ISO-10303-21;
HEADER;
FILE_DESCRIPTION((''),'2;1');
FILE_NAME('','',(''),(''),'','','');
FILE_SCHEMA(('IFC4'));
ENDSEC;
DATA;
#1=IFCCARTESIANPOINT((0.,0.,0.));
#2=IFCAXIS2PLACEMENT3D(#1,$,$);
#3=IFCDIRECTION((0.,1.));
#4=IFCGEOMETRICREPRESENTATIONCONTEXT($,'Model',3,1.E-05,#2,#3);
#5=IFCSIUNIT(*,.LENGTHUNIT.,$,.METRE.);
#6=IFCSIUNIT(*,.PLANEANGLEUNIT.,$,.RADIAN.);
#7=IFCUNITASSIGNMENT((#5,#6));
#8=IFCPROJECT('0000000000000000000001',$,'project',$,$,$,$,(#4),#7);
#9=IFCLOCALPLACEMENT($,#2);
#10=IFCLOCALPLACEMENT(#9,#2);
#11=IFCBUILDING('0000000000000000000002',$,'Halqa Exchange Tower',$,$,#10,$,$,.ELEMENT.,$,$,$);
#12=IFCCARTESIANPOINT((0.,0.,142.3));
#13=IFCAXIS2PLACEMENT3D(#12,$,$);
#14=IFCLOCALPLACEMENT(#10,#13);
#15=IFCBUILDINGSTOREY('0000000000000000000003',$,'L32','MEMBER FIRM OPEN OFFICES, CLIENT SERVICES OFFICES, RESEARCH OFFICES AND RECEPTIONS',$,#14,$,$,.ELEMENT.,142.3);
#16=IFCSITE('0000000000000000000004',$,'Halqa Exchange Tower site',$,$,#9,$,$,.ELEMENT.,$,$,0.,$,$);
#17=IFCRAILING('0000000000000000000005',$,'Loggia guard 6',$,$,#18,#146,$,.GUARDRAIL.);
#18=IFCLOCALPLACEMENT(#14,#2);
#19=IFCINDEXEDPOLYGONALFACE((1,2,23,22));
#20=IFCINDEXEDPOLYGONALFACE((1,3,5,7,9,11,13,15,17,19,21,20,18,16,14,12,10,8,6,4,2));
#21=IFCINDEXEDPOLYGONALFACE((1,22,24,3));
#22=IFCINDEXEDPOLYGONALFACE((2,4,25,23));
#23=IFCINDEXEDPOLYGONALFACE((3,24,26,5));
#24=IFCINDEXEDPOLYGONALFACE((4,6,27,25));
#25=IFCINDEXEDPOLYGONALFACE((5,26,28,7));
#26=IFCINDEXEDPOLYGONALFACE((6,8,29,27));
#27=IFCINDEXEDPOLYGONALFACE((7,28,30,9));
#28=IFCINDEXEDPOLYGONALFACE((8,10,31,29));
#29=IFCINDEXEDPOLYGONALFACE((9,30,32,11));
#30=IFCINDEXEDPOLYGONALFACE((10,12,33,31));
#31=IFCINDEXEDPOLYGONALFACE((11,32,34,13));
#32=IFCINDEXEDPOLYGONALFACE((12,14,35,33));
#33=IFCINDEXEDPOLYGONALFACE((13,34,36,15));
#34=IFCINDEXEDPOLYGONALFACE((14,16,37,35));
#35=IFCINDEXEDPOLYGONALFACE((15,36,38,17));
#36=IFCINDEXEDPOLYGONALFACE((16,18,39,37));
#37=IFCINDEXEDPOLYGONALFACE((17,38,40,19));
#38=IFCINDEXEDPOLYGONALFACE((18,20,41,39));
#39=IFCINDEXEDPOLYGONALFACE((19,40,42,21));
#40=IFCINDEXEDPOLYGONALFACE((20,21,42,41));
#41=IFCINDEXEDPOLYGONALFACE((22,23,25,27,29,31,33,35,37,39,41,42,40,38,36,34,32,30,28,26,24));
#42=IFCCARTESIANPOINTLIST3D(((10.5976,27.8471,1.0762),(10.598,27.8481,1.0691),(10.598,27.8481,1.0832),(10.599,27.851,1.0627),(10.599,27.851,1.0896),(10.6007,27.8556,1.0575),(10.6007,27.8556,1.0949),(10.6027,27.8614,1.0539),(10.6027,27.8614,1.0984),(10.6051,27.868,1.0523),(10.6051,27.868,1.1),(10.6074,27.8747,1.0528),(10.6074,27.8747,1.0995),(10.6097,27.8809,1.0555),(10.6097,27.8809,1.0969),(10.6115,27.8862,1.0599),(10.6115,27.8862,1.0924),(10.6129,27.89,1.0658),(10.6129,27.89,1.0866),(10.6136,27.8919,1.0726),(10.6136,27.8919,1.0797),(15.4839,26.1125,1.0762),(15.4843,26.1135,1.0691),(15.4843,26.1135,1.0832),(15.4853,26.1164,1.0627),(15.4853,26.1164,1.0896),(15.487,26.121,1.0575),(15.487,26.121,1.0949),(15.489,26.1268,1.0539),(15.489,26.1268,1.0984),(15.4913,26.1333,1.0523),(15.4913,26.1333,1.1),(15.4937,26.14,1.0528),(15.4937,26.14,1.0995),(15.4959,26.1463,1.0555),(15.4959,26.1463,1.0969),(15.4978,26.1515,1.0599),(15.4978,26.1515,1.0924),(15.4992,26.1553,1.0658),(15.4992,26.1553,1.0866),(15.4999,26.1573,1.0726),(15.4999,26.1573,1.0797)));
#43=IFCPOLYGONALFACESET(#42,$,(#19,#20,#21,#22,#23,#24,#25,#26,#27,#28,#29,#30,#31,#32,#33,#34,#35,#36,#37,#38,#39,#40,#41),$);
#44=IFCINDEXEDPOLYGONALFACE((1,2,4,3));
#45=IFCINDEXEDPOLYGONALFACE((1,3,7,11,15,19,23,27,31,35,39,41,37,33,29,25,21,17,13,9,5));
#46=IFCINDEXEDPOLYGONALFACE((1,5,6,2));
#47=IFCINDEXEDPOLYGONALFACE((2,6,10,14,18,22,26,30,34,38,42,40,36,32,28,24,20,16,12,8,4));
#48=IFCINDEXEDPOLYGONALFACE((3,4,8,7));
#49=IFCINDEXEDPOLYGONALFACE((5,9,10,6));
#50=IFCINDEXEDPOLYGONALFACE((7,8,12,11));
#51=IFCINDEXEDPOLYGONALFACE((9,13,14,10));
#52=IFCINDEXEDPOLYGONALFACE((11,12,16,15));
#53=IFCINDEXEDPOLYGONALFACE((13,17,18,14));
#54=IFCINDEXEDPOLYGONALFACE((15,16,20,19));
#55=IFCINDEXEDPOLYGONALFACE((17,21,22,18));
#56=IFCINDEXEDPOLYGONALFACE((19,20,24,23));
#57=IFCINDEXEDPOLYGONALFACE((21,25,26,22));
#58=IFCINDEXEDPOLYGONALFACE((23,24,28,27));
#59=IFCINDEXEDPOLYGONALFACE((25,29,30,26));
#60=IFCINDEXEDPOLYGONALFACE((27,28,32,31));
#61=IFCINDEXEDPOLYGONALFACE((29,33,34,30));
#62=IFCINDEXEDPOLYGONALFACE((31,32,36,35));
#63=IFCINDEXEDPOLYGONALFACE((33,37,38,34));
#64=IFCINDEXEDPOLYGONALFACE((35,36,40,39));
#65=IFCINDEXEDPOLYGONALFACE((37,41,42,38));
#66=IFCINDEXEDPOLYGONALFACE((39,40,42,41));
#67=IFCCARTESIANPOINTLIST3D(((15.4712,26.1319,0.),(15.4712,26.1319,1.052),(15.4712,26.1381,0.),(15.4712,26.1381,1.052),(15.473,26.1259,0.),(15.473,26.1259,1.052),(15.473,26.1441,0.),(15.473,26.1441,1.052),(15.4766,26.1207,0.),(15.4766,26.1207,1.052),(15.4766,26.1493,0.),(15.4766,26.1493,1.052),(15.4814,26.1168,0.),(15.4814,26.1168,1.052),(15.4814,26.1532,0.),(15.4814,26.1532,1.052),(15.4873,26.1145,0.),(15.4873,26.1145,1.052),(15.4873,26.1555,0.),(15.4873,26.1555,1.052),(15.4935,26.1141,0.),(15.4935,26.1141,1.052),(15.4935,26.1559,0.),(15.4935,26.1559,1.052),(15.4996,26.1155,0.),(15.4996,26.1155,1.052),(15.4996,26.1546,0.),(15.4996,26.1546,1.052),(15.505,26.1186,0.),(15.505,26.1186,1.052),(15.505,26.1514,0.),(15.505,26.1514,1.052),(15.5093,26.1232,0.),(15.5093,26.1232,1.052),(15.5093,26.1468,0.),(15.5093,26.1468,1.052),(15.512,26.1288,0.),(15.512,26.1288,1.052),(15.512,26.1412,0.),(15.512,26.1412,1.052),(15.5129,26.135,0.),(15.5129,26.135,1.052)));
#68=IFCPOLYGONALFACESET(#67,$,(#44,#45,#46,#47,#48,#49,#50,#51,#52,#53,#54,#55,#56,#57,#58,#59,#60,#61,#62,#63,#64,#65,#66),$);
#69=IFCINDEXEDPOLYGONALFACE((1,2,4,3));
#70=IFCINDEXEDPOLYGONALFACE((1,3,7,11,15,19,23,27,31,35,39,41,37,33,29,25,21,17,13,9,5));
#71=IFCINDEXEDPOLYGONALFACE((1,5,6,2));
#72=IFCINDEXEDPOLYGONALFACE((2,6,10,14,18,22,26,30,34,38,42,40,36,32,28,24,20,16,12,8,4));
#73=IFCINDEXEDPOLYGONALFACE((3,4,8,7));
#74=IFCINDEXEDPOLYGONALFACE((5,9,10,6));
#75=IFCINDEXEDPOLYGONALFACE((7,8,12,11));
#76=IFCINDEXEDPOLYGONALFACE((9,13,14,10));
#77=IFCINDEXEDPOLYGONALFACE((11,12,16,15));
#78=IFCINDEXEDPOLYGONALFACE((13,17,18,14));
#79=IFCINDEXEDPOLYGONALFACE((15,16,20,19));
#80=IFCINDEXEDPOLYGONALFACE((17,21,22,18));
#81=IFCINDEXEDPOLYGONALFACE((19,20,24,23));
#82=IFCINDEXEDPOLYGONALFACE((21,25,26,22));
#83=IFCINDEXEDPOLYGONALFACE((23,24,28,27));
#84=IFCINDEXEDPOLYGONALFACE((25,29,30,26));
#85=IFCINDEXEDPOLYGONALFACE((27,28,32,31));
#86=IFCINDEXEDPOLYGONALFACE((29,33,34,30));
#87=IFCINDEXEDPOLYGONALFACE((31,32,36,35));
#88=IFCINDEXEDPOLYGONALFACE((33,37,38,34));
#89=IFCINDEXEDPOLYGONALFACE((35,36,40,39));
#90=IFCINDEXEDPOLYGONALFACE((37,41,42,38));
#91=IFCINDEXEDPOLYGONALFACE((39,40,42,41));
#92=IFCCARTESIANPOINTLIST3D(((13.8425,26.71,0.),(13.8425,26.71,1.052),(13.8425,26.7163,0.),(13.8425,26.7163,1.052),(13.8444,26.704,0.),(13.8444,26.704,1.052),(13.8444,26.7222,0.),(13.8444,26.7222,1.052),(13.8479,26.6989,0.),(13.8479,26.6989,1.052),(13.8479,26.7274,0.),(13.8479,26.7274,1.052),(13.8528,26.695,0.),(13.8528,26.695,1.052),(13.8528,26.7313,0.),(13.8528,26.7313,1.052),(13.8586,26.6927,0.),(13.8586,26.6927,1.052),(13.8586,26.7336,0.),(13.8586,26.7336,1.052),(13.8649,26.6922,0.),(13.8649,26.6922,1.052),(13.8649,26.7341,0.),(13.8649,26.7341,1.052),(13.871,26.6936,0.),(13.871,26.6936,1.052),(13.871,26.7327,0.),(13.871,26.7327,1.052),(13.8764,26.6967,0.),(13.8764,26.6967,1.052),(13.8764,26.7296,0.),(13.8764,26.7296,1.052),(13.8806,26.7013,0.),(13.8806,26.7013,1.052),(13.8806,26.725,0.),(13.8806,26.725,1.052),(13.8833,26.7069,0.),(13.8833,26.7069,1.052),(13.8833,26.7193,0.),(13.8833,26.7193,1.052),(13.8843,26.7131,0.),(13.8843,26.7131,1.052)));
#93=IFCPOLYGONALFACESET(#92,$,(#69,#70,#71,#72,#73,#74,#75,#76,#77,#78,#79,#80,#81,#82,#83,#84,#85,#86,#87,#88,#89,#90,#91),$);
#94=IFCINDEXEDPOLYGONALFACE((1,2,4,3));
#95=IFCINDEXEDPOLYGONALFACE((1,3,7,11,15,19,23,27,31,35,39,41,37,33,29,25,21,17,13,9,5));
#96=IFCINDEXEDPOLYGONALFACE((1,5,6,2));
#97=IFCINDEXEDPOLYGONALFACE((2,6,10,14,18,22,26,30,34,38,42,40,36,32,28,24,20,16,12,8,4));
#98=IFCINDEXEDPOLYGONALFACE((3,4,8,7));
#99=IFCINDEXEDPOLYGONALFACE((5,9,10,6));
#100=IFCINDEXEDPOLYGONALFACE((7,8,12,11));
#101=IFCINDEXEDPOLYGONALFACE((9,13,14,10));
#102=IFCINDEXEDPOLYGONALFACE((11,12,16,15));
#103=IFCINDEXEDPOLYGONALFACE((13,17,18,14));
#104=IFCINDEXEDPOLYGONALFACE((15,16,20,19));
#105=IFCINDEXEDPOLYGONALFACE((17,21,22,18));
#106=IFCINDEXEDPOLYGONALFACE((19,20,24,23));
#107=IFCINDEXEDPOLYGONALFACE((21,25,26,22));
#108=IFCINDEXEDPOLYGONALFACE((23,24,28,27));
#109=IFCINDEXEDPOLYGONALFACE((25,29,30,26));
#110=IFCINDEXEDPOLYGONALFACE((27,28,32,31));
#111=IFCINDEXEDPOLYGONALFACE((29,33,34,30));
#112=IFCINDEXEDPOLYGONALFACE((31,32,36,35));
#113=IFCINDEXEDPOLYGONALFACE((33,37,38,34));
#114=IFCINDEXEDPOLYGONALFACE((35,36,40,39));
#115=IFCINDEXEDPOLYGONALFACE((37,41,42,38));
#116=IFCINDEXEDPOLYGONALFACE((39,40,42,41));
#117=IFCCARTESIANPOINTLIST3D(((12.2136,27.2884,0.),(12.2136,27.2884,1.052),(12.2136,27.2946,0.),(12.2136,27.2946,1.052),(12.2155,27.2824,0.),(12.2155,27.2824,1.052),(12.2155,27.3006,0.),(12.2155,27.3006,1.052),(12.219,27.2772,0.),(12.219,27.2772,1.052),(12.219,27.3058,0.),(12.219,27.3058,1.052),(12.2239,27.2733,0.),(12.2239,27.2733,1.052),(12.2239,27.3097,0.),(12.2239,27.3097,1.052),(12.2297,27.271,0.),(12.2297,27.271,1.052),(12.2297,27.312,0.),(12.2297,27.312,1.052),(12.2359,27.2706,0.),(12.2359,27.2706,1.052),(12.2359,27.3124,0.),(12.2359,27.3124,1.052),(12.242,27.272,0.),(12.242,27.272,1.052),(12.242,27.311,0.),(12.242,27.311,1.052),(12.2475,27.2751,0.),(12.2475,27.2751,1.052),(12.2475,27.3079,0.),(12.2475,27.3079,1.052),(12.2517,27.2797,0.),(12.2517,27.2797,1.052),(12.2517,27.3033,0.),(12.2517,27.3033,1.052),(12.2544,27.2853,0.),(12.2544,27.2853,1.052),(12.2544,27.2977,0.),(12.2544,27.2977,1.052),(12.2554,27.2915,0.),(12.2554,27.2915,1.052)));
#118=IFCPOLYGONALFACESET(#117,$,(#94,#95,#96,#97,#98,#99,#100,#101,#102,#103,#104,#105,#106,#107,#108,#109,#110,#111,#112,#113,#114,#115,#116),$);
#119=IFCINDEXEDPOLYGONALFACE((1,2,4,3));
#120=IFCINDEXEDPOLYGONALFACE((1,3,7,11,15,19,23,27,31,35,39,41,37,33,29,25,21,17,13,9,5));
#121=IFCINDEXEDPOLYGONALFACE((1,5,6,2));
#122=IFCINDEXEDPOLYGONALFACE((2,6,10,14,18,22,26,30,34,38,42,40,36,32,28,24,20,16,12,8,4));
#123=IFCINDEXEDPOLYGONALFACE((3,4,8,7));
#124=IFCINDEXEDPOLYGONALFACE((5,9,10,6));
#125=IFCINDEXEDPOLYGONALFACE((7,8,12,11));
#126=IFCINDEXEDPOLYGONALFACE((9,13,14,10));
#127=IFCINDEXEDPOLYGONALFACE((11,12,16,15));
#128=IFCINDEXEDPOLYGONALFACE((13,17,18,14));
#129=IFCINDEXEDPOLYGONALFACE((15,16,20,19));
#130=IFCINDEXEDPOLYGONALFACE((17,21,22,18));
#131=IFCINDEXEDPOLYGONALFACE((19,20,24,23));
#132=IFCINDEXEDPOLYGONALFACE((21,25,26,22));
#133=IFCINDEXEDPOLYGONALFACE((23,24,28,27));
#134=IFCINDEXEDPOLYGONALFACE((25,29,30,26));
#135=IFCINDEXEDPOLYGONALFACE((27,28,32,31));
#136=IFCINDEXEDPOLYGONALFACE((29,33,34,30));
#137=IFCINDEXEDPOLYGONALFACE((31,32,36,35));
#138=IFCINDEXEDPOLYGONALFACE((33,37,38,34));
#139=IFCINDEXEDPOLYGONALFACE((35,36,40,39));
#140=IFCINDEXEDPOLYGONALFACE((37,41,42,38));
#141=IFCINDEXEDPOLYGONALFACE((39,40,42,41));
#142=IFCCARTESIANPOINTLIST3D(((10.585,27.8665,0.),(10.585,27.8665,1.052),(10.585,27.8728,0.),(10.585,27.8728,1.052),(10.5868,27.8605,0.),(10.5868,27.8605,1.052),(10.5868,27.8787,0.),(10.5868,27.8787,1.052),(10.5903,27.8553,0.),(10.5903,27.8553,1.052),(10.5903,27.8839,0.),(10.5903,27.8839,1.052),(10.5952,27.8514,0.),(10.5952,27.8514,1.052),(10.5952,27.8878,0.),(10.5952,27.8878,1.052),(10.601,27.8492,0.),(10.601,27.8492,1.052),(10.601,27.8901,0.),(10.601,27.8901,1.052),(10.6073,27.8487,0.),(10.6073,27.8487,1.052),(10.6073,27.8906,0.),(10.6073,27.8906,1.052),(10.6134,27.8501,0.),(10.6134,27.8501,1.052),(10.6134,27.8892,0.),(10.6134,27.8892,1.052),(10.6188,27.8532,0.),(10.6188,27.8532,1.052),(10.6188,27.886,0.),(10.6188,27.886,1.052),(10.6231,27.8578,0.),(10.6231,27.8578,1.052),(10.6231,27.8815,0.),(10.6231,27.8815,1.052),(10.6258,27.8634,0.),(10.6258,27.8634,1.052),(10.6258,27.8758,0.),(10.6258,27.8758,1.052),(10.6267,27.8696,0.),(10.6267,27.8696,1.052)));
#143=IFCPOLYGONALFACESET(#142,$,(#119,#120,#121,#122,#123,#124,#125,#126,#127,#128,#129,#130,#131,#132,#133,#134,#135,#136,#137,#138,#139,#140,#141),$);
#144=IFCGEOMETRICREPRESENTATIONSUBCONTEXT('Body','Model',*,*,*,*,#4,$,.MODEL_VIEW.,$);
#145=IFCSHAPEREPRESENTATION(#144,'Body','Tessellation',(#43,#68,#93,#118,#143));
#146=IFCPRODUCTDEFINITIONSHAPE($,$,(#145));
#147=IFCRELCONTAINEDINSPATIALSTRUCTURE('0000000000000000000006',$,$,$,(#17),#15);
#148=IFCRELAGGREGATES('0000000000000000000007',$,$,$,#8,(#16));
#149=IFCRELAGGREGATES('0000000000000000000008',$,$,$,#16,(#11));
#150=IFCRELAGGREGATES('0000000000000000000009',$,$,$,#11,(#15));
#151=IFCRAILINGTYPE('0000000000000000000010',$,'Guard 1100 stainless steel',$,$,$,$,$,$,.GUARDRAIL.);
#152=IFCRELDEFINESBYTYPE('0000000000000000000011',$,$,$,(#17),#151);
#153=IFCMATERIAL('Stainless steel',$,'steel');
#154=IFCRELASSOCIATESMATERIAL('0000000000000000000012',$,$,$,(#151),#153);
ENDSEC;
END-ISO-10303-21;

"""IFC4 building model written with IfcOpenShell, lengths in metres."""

from ifc_helpers import new_model, si_unit, direction, frame, origin, origin_2d, place, context, subcontext, project, spatial, circle, extrude, material, type_object, element, save


model = new_model("IFC4")

# Units and contexts
model_context = context("Model", 3, precision=1e-05, world=origin(), true_north=direction((0.0, 1.0)))
body_context = subcontext(model_context, "Body", "Model", "MODEL_VIEW")
ifc_project = project(units=[si_unit("LENGTHUNIT", "METRE"), si_unit("PLANEANGLEUNIT", "RADIAN")], contexts=[model_context])

# Site, building, storey
site_placement = place(None, origin())
site = spatial("IfcSite", under=ifc_project, at=site_placement, Name="Halqa Exchange Tower site", CompositionType="ELEMENT", RefElevation=0.0)
building_placement = place(site_placement, origin())
building = spatial("IfcBuilding", under=site, at=building_placement, Name="Halqa Exchange Tower", CompositionType="ELEMENT")
storey_placement = place(building_placement, frame((0.0, 0.0, 142.3)))
storey = spatial("IfcBuildingStorey", under=building, at=storey_placement, Name="L32", Description="MEMBER FIRM OPEN OFFICES, CLIENT SERVICES OFFICES, RESEARCH OFFICES AND RECEPTIONS", CompositionType="ELEMENT", Elevation=142.3)

# Railing
ifc_material_1 = material(Name="Stainless steel", Category="steel")
railing_type = type_object("IfcRailingType", Name="Guard 1100 stainless steel", PredefinedType="GUARDRAIL", material=ifc_material_1)
railing_1_placement = place(storey_placement, frame((15.4919, 26.135, 0.0)))
element("IfcRailing", 1, at=railing_1_placement, inside=storey, type_object=railing_type, Name="Loggia guard 6", PredefinedType="GUARDRAIL", context=body_context, shape_type="SweptSolid", body=[
    extrude(circle(Radius=0.0239, at=origin_2d()), frame((0.0, 0.0, 1.0762), z_axis=(-0.942379, 0.334546, 0.0), x_axis=(-0.334546, -0.942379, 0.0)), (0.0, 0.0, 1.0), 5.1851),
    extrude(circle(Radius=0.021, at=origin_2d()), origin(), (0.0, 0.0, 1.0), 1.052),
    extrude(circle(Radius=0.021, at=origin_2d()), frame((-1.6287, 0.5781, 0.0)), (0.0, 0.0, 1.0), 1.052),
    extrude(circle(Radius=0.021, at=origin_2d()), frame((-3.2576, 1.1565, 0.0)), (0.0, 0.0, 1.0), 1.052),
    extrude(circle(Radius=0.021, at=origin_2d()), frame((-4.8862, 1.7346, 0.0)), (0.0, 0.0, 1.0), 1.052),
])

save(model, "model.ifc")
